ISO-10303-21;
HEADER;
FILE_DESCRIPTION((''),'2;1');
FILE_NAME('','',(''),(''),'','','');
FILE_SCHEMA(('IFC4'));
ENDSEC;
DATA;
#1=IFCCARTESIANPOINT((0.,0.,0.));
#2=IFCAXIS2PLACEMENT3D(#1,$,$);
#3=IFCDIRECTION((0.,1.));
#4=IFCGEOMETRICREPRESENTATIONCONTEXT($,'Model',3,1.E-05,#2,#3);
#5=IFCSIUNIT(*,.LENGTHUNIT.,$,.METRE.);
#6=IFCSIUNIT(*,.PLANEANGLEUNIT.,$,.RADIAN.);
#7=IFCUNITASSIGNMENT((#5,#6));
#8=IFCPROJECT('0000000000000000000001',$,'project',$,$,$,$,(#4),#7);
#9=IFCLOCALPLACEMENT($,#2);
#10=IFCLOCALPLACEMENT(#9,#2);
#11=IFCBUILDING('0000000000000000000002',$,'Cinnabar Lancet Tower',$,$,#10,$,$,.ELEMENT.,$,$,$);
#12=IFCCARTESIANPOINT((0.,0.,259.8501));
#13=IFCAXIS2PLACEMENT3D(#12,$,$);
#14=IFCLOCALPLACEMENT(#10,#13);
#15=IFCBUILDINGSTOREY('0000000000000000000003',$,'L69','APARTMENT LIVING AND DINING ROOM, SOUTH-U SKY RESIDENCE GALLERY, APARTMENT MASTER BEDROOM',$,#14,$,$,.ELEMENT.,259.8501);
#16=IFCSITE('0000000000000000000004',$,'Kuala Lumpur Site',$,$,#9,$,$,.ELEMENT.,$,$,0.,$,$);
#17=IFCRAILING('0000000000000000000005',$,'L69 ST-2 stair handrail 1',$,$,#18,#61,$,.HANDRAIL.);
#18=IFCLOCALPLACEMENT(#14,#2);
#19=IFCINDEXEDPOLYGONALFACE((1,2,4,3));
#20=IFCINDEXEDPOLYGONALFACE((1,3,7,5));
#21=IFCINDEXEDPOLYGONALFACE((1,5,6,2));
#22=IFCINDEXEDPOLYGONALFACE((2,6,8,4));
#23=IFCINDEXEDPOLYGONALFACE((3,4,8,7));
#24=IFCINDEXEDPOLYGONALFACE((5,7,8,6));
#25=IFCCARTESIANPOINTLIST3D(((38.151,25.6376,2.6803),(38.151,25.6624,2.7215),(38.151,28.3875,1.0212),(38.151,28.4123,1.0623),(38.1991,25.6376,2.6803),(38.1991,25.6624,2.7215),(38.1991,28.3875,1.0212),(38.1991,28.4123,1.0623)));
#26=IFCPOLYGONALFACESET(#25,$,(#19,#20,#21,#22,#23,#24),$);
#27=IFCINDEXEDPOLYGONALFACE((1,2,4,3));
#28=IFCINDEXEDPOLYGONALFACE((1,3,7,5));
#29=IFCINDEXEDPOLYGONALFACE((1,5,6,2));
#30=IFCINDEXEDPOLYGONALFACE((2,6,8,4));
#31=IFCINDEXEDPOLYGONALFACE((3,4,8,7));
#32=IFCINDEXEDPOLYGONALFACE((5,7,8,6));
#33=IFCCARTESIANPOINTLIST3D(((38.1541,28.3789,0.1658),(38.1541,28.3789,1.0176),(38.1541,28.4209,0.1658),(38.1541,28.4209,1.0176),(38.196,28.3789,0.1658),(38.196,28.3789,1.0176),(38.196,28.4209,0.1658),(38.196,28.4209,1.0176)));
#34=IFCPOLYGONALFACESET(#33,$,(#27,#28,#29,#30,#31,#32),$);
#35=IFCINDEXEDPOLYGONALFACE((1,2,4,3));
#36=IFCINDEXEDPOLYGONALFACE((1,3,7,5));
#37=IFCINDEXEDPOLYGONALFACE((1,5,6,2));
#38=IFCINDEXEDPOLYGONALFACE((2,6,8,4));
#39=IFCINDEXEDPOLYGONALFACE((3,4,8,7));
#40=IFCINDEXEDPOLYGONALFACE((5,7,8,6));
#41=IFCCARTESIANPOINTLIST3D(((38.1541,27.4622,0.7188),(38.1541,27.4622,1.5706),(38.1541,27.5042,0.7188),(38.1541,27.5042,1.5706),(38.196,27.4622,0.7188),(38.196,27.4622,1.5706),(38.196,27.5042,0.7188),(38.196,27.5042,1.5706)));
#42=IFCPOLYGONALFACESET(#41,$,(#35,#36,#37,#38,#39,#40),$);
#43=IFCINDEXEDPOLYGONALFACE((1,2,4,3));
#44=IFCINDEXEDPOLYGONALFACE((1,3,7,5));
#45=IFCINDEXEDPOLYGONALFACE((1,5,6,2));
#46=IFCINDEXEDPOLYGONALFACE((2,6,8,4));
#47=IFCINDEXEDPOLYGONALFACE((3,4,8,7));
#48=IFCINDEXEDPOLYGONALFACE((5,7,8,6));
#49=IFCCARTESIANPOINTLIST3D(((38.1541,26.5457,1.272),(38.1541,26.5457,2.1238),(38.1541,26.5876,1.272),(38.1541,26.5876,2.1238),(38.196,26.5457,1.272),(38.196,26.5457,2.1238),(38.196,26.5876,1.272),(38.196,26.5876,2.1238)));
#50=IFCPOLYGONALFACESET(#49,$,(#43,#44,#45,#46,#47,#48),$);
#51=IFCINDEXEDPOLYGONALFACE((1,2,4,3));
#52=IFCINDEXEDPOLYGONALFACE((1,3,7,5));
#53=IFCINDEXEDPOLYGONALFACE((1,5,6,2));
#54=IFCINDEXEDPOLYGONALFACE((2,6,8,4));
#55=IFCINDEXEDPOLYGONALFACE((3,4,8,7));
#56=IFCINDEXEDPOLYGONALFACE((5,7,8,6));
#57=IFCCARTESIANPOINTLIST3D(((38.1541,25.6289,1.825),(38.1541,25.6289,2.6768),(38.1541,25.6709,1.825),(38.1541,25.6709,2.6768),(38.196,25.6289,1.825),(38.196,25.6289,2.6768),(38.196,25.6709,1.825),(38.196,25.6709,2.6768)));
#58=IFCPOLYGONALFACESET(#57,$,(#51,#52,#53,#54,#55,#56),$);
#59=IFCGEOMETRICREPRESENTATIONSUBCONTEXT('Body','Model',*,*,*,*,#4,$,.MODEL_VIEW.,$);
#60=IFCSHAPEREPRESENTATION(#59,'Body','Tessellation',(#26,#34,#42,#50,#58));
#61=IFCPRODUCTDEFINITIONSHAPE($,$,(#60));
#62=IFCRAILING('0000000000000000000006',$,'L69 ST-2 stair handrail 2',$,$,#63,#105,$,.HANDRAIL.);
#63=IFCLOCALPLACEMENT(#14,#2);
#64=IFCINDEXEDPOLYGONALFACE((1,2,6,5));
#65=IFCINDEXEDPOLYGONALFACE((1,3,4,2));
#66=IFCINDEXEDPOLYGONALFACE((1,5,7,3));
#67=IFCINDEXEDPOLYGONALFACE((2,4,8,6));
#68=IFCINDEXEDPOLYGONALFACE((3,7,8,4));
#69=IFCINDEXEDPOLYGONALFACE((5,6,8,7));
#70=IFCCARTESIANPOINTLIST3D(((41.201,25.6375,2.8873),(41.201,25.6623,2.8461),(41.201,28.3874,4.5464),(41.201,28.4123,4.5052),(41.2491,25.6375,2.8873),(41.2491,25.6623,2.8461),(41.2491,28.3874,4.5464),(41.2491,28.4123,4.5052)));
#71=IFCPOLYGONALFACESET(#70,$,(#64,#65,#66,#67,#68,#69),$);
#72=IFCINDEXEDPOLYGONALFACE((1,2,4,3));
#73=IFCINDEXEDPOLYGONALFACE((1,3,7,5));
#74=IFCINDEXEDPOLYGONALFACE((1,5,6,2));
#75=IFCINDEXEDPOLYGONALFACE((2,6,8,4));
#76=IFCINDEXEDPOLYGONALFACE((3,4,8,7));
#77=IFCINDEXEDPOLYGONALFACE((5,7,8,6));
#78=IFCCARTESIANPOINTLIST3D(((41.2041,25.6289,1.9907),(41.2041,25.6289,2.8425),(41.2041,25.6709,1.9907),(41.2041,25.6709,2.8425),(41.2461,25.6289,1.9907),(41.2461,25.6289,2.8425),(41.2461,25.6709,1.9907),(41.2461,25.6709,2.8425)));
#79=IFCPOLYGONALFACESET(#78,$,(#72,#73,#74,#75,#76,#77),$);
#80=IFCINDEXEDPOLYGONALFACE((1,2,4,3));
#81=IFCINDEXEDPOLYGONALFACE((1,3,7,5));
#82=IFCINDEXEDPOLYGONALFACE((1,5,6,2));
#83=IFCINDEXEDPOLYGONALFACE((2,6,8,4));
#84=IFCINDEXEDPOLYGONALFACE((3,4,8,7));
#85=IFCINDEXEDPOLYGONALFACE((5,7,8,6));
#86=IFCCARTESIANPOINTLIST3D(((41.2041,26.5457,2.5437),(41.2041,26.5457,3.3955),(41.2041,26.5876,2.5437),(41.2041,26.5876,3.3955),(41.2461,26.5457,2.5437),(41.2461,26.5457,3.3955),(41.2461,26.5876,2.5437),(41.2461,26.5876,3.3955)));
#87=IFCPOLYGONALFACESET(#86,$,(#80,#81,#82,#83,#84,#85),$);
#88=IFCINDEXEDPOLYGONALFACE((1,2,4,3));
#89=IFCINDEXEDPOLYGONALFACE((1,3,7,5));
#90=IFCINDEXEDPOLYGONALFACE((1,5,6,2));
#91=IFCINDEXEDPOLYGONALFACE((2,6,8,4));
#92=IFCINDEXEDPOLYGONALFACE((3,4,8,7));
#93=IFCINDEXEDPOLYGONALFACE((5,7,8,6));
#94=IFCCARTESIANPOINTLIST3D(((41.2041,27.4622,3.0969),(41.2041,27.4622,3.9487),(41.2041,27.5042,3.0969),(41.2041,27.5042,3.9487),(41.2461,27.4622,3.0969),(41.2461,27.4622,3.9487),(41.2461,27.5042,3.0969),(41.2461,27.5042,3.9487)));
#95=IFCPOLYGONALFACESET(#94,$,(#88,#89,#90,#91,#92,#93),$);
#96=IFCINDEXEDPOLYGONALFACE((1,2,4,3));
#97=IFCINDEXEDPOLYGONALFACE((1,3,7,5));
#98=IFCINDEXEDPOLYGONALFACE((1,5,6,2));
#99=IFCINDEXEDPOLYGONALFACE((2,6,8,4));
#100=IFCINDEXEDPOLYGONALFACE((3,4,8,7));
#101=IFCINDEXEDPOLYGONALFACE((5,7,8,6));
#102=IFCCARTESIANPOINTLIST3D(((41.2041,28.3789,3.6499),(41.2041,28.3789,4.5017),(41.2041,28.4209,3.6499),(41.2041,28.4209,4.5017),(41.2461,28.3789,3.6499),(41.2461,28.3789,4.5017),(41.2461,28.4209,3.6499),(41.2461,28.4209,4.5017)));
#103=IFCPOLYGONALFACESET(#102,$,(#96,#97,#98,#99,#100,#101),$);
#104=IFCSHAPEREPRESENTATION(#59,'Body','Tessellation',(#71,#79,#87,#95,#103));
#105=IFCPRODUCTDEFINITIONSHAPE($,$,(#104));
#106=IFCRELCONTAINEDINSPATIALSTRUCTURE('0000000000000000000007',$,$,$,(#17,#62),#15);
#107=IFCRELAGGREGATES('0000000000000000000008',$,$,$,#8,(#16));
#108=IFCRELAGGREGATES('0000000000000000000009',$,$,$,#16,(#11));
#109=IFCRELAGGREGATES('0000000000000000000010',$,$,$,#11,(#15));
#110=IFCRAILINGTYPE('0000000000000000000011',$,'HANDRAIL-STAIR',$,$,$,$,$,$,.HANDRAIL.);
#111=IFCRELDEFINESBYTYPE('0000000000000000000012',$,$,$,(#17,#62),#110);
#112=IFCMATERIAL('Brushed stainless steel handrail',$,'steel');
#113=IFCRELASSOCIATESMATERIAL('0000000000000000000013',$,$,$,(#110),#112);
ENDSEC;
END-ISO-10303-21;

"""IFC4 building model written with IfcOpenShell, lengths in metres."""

from ifc_helpers import new_model, si_unit, direction, frame, origin, origin_2d, place, context, subcontext, project, spatial, rectangle, extrude, material, type_object, element, save


model = new_model("IFC4")

# Units and contexts
model_context = context("Model", 3, precision=1e-05, world=origin(), true_north=direction((0.0, 1.0)))
body_context = subcontext(model_context, "Body", "Model", "MODEL_VIEW")
ifc_project = project(units=[si_unit("LENGTHUNIT", "METRE"), si_unit("PLANEANGLEUNIT", "RADIAN")], contexts=[model_context])

# Site, building, storey
site_placement = place(None, origin())
site = spatial("IfcSite", under=ifc_project, at=site_placement, Name="Kuala Lumpur Site", CompositionType="ELEMENT", RefElevation=0.0)
building_placement = place(site_placement, origin())
building = spatial("IfcBuilding", under=site, at=building_placement, Name="Cinnabar Lancet Tower", CompositionType="ELEMENT")
storey_placement = place(building_placement, frame((0.0, 0.0, 259.8501)))
storey = spatial("IfcBuildingStorey", under=building, at=storey_placement, Name="L69", Description="APARTMENT LIVING AND DINING ROOM, SOUTH-U SKY RESIDENCE GALLERY, APARTMENT MASTER BEDROOM", CompositionType="ELEMENT", Elevation=259.8501)

# Railings
ifc_material_1 = material(Name="Brushed stainless steel handrail", Category="steel")
railing_type_1 = type_object("IfcRailingType", Name="HANDRAIL-STAIR", PredefinedType="HANDRAIL", material=ifc_material_1)
railing_1_placement = place(storey_placement, frame((38.175, 28.3999, 0.1658)))
element("IfcRailing", 1, at=railing_1_placement, inside=storey, type_object=railing_type_1, Name="L69 ST-2 stair handrail 1", PredefinedType="HANDRAIL", context=body_context, shape_type="SweptSolid", body=[
    extrude(rectangle(XDim=0.0481, YDim=0.0481, at=origin_2d()), frame((0.0, 0.0, 0.876), z_axis=(0.0, -0.856229, 0.516596), x_axis=(1.0, 0.0, 0.0)), (0.0, 0.0, 1.0), 3.2117),
    extrude(rectangle(XDim=0.042, YDim=0.042, at=origin_2d()), origin(), (0.0, 0.0, 1.0), 0.8518),
    extrude(rectangle(XDim=0.042, YDim=0.042, at=origin_2d()), frame((0.0, -0.9167, 0.553)), (0.0, 0.0, 1.0), 0.8518),
    extrude(rectangle(XDim=0.042, YDim=0.042, at=origin_2d()), frame((0.0, -1.8333, 1.1062)), (0.0, 0.0, 1.0), 0.8518),
    extrude(rectangle(XDim=0.042, YDim=0.042, at=origin_2d()), frame((0.0, -2.75, 1.6592)), (0.0, 0.0, 1.0), 0.8518),
])
railing_2_placement = place(storey_placement, frame((41.2251, 25.6499, 1.9907)))
element("IfcRailing", 2, at=railing_2_placement, inside=storey, type_object=railing_type_1, Name="L69 ST-2 stair handrail 2", PredefinedType="HANDRAIL", context=body_context, shape_type="SweptSolid", body=[
    extrude(rectangle(XDim=0.0481, YDim=0.0481, at=origin_2d()), frame((0.0, 0.0, 0.876), z_axis=(0.0, 0.856229, 0.516596), x_axis=(-1.0, 0.0, 0.0)), (0.0, 0.0, 1.0), 3.2117),
    extrude(rectangle(XDim=0.042, YDim=0.042, at=origin_2d()), origin(), (0.0, 0.0, 1.0), 0.8518),
    extrude(rectangle(XDim=0.042, YDim=0.042, at=origin_2d()), frame((0.0, 0.9167, 0.553)), (0.0, 0.0, 1.0), 0.8518),
    extrude(rectangle(XDim=0.042, YDim=0.042, at=origin_2d()), frame((0.0, 1.8333, 1.1062)), (0.0, 0.0, 1.0), 0.8518),
    extrude(rectangle(XDim=0.042, YDim=0.042, at=origin_2d()), frame((0.0, 2.75, 1.6592)), (0.0, 0.0, 1.0), 0.8518),
])

save(model, "model.ifc")
